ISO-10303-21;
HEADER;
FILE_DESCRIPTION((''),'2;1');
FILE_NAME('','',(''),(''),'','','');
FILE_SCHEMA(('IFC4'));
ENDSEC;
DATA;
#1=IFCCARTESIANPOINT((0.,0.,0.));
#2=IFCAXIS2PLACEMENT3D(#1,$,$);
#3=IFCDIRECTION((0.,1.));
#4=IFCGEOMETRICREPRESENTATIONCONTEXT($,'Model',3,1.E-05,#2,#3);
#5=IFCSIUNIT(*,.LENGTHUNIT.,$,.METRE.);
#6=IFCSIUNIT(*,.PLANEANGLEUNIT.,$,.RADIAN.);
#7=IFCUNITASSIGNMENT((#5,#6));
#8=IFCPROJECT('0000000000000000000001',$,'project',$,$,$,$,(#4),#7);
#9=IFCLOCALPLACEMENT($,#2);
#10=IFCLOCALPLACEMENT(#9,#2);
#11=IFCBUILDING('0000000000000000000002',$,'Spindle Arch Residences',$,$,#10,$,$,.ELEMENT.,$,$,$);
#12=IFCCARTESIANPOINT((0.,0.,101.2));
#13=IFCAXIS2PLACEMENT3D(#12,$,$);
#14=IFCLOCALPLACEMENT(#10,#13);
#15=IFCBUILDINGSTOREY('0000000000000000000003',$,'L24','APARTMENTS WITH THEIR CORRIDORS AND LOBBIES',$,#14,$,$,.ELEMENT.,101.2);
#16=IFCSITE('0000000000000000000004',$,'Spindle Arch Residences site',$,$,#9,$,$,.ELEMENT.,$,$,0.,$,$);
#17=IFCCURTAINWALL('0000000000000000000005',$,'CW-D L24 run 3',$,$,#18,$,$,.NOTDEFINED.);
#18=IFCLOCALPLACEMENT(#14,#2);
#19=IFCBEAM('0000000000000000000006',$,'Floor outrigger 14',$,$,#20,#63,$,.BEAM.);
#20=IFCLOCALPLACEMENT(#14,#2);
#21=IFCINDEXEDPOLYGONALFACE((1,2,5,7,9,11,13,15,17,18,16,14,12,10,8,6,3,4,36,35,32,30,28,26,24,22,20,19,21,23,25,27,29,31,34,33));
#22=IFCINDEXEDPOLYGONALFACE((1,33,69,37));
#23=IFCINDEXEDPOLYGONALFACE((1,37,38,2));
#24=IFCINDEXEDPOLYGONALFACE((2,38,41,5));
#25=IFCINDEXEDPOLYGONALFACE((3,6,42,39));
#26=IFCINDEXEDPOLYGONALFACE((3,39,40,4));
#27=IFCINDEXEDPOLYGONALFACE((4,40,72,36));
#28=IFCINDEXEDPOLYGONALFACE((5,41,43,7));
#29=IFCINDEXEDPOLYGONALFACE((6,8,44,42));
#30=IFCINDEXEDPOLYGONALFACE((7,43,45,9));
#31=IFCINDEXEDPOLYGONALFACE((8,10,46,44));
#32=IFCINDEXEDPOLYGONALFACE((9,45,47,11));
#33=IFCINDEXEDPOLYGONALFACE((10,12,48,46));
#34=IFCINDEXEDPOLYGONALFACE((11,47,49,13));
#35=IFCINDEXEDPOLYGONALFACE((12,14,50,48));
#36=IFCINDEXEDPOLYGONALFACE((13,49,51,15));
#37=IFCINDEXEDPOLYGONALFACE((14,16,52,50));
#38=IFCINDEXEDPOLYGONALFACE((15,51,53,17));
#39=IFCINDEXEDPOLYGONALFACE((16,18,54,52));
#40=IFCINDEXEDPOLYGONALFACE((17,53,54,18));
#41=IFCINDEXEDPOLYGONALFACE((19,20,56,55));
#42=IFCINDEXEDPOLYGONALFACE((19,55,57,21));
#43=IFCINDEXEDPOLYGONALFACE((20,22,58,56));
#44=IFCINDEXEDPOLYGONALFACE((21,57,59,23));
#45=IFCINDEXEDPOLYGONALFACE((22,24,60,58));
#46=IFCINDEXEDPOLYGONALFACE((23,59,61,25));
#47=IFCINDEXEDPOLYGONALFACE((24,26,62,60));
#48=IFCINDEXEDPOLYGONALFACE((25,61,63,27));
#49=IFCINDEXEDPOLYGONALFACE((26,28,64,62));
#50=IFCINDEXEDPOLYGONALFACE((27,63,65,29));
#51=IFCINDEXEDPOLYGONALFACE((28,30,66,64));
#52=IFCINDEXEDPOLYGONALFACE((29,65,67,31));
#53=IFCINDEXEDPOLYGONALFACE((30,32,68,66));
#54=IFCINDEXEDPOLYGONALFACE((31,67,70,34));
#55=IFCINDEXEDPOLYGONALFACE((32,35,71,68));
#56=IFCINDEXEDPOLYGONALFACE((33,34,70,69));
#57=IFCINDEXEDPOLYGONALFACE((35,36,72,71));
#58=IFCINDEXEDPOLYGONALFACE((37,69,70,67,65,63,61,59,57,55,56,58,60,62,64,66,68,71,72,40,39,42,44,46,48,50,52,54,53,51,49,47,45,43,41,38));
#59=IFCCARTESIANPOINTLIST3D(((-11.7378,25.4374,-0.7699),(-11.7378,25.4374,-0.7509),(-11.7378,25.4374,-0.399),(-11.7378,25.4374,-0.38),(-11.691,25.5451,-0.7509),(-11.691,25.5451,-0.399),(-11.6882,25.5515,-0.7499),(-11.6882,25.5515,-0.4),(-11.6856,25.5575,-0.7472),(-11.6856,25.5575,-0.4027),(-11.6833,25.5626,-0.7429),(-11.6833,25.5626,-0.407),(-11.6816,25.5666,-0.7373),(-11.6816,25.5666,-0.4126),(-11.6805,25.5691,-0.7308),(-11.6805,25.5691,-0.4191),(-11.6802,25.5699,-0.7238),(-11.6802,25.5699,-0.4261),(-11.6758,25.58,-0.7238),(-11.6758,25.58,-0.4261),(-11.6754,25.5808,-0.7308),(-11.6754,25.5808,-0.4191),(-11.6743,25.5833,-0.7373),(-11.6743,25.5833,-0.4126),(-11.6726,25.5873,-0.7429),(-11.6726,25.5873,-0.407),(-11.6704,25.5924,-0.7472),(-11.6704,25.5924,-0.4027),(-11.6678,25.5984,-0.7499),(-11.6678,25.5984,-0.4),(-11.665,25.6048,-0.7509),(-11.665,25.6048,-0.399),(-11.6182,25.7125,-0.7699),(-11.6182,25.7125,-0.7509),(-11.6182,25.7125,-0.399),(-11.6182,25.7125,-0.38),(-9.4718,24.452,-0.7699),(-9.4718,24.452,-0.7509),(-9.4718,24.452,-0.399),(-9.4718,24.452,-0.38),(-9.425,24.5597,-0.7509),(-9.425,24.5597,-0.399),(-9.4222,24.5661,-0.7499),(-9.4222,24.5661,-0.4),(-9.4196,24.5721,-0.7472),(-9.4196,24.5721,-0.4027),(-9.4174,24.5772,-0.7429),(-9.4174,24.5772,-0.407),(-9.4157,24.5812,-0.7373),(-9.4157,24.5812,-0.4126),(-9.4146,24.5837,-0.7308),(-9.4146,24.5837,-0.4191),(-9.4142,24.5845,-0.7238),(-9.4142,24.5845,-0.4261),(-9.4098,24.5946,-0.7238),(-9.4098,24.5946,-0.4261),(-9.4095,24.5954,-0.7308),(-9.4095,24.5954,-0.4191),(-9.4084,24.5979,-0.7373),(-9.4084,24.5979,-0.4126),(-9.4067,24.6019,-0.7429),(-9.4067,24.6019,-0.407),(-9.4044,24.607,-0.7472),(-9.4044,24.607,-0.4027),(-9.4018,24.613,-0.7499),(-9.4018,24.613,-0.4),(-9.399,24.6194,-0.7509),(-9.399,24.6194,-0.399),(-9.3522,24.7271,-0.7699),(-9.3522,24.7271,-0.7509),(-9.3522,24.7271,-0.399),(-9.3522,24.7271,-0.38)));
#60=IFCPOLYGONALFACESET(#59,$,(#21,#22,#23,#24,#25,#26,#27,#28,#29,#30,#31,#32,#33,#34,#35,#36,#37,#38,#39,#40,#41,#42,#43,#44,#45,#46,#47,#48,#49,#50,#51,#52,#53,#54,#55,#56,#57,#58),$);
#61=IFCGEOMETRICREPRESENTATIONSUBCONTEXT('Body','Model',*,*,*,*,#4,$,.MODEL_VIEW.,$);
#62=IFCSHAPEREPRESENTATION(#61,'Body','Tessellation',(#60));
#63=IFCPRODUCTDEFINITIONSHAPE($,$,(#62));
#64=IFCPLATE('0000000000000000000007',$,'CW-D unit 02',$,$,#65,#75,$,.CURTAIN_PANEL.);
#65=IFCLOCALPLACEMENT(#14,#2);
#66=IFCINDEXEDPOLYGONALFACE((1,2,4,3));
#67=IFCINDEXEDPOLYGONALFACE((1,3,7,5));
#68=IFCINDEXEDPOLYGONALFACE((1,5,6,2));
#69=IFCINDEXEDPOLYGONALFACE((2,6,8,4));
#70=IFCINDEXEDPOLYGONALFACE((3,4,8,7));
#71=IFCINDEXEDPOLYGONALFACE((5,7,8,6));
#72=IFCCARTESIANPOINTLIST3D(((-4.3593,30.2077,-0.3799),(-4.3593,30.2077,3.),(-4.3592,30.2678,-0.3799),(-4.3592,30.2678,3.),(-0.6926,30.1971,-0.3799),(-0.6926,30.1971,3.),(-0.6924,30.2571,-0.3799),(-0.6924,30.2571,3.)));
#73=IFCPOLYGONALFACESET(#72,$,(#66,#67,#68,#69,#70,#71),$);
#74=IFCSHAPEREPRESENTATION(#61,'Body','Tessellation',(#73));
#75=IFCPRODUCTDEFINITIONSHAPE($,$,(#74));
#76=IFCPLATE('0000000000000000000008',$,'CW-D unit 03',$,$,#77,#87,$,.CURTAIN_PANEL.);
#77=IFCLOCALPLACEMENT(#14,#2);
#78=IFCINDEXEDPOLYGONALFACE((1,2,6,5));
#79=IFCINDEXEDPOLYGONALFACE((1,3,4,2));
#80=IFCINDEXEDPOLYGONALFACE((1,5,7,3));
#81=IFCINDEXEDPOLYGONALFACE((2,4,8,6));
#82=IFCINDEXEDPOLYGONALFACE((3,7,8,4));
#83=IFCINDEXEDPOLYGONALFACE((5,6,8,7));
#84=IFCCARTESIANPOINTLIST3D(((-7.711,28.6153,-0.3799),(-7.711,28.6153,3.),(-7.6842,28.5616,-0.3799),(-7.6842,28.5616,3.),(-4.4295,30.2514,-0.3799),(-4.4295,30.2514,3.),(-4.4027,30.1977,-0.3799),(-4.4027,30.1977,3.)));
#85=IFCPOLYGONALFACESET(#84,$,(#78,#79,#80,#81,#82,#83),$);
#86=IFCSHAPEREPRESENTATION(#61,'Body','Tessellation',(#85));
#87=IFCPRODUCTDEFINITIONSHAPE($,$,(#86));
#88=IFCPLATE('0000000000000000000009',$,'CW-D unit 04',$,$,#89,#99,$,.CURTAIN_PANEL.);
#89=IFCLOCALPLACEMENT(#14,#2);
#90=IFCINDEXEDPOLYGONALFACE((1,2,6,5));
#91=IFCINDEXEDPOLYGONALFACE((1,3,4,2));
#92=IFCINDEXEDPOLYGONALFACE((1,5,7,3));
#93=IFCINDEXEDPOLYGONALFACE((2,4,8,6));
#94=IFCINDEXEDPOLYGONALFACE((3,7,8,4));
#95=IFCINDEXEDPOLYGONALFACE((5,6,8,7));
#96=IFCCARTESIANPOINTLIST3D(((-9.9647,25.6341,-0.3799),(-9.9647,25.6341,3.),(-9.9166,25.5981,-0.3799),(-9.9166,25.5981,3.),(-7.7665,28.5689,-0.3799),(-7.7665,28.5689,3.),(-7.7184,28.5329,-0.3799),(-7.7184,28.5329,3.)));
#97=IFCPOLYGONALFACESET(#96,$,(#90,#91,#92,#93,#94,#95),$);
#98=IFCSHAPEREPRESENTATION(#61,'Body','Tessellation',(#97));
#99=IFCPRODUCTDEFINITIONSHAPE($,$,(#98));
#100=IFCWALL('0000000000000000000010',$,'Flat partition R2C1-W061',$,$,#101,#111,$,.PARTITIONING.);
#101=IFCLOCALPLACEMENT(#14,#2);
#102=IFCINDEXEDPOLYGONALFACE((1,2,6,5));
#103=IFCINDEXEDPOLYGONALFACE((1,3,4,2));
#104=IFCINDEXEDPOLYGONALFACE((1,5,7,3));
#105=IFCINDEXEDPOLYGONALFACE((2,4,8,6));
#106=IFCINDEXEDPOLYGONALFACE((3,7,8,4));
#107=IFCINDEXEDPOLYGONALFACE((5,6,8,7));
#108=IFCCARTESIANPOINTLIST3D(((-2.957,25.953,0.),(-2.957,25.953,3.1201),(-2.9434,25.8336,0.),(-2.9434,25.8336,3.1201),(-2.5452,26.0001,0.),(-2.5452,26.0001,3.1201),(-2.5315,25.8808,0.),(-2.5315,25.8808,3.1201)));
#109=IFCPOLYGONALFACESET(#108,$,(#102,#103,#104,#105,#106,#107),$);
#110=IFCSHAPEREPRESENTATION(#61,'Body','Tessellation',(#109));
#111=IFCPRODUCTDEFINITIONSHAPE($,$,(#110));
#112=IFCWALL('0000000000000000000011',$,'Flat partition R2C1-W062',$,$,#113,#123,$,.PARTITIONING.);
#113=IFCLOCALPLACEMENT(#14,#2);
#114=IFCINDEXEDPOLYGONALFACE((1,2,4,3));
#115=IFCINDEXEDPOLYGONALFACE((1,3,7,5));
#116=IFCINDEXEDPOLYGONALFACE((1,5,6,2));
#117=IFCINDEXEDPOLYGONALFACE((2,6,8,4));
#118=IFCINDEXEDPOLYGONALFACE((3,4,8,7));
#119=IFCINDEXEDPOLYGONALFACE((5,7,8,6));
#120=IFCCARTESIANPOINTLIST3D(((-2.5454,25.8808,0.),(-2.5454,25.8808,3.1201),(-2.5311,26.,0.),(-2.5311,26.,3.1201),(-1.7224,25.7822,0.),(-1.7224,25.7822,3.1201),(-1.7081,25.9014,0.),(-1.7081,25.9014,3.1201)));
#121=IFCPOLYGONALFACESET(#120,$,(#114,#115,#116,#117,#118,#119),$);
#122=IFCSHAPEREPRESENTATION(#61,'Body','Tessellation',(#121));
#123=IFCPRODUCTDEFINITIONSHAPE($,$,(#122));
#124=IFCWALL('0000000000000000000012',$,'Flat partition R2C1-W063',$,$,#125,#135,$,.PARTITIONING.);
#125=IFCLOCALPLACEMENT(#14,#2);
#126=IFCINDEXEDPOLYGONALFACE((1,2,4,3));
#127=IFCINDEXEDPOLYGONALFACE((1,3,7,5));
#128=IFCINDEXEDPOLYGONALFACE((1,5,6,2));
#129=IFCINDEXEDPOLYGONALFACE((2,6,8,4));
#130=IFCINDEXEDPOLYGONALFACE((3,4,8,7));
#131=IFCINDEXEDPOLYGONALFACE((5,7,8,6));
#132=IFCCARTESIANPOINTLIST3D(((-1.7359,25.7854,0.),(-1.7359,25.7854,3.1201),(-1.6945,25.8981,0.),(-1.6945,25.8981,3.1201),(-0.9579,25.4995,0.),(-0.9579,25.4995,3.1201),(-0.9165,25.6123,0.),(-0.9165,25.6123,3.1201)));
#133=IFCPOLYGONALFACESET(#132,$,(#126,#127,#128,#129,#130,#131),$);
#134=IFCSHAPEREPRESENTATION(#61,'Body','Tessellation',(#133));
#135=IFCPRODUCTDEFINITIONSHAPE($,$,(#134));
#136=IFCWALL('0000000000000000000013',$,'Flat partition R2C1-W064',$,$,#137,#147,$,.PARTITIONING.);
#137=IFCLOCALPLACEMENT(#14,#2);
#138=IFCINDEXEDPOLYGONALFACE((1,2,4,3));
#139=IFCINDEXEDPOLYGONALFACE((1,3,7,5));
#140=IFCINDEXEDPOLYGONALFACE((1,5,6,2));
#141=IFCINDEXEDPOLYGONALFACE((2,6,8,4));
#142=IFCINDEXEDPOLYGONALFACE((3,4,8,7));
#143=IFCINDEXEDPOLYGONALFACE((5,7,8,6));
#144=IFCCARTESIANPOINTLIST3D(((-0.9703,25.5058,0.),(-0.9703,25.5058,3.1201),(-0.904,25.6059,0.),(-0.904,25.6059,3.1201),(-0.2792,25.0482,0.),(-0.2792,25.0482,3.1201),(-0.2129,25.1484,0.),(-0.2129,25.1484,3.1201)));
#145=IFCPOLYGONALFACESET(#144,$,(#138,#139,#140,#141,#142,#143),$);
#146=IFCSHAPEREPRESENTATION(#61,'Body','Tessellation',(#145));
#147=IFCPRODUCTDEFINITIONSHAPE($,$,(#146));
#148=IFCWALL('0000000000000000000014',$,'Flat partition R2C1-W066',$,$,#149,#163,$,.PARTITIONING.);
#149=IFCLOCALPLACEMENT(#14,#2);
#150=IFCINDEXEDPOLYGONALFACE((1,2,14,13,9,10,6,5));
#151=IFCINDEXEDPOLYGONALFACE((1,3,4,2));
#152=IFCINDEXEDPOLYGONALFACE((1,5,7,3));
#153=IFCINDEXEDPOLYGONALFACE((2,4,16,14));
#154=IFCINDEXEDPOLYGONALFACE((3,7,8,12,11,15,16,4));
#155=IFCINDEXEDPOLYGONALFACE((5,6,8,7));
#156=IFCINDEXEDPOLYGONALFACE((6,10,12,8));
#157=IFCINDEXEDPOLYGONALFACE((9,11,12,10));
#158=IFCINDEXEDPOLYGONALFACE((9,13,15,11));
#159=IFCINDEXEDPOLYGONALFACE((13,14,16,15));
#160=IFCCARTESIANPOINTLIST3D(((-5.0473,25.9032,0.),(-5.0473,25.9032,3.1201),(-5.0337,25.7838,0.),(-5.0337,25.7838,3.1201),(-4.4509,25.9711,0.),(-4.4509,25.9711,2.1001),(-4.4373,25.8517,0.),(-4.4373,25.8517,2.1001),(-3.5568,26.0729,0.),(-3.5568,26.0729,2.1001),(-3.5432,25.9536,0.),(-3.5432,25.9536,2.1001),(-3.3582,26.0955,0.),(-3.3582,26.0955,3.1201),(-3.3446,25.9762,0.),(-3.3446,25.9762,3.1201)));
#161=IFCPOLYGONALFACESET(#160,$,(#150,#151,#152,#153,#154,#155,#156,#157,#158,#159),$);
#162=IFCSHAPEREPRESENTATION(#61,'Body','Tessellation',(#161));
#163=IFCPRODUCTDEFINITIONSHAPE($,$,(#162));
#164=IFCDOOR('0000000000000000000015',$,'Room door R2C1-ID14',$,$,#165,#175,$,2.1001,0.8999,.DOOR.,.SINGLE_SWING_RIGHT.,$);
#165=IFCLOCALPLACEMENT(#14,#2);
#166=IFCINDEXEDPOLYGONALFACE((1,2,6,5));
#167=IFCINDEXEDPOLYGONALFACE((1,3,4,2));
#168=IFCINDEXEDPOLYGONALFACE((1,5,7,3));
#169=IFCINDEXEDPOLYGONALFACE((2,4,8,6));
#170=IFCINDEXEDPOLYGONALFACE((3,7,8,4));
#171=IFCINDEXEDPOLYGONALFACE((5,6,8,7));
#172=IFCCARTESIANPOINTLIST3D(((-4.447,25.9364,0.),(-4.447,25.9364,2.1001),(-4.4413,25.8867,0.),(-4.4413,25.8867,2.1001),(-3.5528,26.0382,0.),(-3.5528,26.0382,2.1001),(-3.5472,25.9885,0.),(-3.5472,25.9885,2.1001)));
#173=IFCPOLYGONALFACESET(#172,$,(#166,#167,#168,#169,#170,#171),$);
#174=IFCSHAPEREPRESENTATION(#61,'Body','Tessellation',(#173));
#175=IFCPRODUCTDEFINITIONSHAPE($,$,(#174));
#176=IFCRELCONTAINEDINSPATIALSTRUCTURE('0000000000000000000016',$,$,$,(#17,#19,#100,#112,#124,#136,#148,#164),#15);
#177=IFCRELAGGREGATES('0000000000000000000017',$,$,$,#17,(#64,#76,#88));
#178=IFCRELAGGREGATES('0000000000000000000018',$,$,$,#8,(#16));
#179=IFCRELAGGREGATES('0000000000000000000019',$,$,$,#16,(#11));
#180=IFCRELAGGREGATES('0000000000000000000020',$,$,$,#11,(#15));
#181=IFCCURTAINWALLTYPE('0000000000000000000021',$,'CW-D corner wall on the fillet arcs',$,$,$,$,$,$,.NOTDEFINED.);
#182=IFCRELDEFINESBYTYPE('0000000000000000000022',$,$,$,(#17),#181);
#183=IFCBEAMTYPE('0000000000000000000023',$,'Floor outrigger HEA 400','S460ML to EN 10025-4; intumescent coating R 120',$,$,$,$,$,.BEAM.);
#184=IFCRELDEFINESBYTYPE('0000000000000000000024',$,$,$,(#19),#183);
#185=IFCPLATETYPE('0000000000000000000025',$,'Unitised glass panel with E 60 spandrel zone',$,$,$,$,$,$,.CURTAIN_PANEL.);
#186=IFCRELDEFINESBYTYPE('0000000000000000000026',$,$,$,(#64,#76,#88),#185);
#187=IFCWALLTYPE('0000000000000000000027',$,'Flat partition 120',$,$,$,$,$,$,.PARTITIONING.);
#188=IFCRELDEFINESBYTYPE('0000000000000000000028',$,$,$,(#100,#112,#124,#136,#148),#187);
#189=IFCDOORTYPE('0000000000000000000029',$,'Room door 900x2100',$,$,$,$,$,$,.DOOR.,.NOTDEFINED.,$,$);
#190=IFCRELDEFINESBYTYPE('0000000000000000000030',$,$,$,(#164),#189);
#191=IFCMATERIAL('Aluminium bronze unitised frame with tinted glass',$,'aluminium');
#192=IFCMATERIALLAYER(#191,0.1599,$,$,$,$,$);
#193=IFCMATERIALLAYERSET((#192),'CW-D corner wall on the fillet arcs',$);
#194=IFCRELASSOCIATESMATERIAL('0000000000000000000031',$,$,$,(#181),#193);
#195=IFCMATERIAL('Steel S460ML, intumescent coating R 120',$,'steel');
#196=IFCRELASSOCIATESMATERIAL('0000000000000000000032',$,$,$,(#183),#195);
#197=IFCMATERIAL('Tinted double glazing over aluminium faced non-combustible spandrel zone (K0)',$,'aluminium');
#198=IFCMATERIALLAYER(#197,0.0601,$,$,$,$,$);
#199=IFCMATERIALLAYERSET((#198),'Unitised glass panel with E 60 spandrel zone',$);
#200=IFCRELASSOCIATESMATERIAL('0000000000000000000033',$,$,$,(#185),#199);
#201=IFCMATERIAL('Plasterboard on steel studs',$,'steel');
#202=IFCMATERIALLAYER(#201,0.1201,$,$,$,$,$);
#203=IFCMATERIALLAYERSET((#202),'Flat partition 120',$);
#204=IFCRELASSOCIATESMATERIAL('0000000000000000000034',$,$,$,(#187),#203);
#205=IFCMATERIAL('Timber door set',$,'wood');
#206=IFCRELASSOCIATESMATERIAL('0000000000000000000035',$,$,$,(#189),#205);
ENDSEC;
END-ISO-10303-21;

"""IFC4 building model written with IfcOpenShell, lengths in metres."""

from ifc_helpers import new_model, si_unit, direction, frame, frame_2d, origin, origin_2d, place, context, subcontext, project, spatial, rectangle, i_section, extrude, material, layer, layer_set, material_profile, profile_set, type_object, element, fill, aggregate, save


model = new_model("IFC4")

# Units and contexts
model_context = context("Model", 3, precision=1e-05, world=origin(), true_north=direction((0.0, 1.0)))
body_context = subcontext(model_context, "Body", "Model", "MODEL_VIEW")
ifc_project = project(units=[si_unit("LENGTHUNIT", "METRE"), si_unit("PLANEANGLEUNIT", "RADIAN")], contexts=[model_context])

# Site, building, storey
site_placement = place(None, origin())
site = spatial("IfcSite", under=ifc_project, at=site_placement, Name="Spindle Arch Residences site", CompositionType="ELEMENT", RefElevation=0.0)
building_placement = place(site_placement, origin())
building = spatial("IfcBuilding", under=site, at=building_placement, Name="Spindle Arch Residences", CompositionType="ELEMENT")
storey_placement = place(building_placement, frame((0.0, 0.0, 101.2)))
storey = spatial("IfcBuildingStorey", under=building, at=storey_placement, Name="L24", Description="APARTMENTS WITH THEIR CORRIDORS AND LOBBIES", CompositionType="ELEMENT", Elevation=101.2)

# Curtain wall
ifc_material_1 = material(Name="Aluminium bronze unitised frame with tinted glass", Category="aluminium")
ifc_layer_1 = layer(ifc_material_1, 0.1599)
ifc_layer_set_1 = layer_set([ifc_layer_1], Name="CW-D corner wall on the fillet arcs")
curtain_wall_type = type_object("IfcCurtainWallType", Name="CW-D corner wall on the fillet arcs", PredefinedType="NOTDEFINED", material=ifc_layer_set_1)
curtain_wall_placement = place(storey_placement, origin())
curtain_wall = element("IfcCurtainWall", 1, at=curtain_wall_placement, inside=storey, type_object=curtain_wall_type, Name="CW-D L24 run 3", PredefinedType="NOTDEFINED")

# Beam
ifc_material_2 = material(Name="Steel S460ML, intumescent coating R 120", Category="steel")
ifc_material_profile_1 = material_profile(ifc_material_2, i_section(OverallWidth=0.3, OverallDepth=0.3899, WebThickness=0.011, FlangeThickness=0.019, FilletRadius=0.0271, at=origin_2d()), Name="HEA 400")
ifc_profile_set_1 = profile_set([ifc_material_profile_1], Name="Steel S460ML, intumescent coating R 120")
beam_type_1 = type_object("IfcBeamType", Name="Floor outrigger HEA 400", Description="S460ML to EN 10025-4; intumescent coating R 120", PredefinedType="BEAM", material=ifc_profile_set_1)
beam_1_placement = place(storey_placement, frame((-11.678, 25.575, -0.575), z_axis=(0.917042, -0.398791, 0.0), x_axis=(0.398791, 0.917042, 0.0)))
element("IfcBeam", 2, at=beam_1_placement, inside=storey, type_object=beam_type_1, Name="Floor outrigger 14", PredefinedType="BEAM", context=body_context, shape_type="SweptSolid", body=[
    extrude(i_section(OverallWidth=0.3, OverallDepth=0.3899, WebThickness=0.011, FlangeThickness=0.019, FilletRadius=0.0271, at=origin_2d()), origin(), (0.0, 0.0, 1.0), 2.4709),
])

# Plates
ifc_material_3 = material(Name="Tinted double glazing over aluminium faced non-combustible spandrel zone (K0)", Category="aluminium")
ifc_layer_2 = layer(ifc_material_3, 0.0601)
ifc_layer_set_2 = layer_set([ifc_layer_2], Name="Unitised glass panel with E 60 spandrel zone")
plate_type = type_object("IfcPlateType", Name="Unitised glass panel with E 60 spandrel zone", PredefinedType="CURTAIN_PANEL", material=ifc_layer_set_2)
plate_1_placement = place(storey_placement, frame((-2.5259, 30.2324, -0.3799), z_axis=(0.0, 0.0, 1.0), x_axis=(-0.999996, 0.002909, 0.0)))
plate_1 = element("IfcPlate", 3, at=plate_1_placement, type_object=plate_type, Name="CW-D unit 02", PredefinedType="CURTAIN_PANEL", context=body_context, shape_type="SweptSolid", body=[
    extrude(rectangle(XDim=3.6667, YDim=0.0601, at=origin_2d()), origin(), (0.0, 0.0, 1.0), 3.3799),
])
plate_2_placement = place(storey_placement, frame((-6.0569, 29.4065, -0.3799), z_axis=(0.0, 0.0, 1.0), x_axis=(-0.894934, -0.446198, 0.0)))
plate_2 = element("IfcPlate", 4, at=plate_2_placement, type_object=plate_type, Name="CW-D unit 03", PredefinedType="CURTAIN_PANEL", context=body_context, shape_type="SweptSolid", body=[
    extrude(rectangle(XDim=3.6667, YDim=0.0601, at=origin_2d()), origin(), (0.0, 0.0, 1.0), 3.3799),
])
plate_3_placement = place(storey_placement, frame((-8.8416, 27.0835, -0.3799), z_axis=(0.0, 0.0, 1.0), x_axis=(-0.599489, -0.800383, 0.0)))
plate_3 = element("IfcPlate", 5, at=plate_3_placement, type_object=plate_type, Name="CW-D unit 04", PredefinedType="CURTAIN_PANEL", context=body_context, shape_type="SweptSolid", body=[
    extrude(rectangle(XDim=3.6667, YDim=0.0601, at=origin_2d()), origin(), (0.0, 0.0, 1.0), 3.3799),
])
aggregate(curtain_wall, [plate_1, plate_2, plate_3])

# Walls
ifc_material_4 = material(Name="Plasterboard on steel studs", Category="steel")
ifc_layer_3 = layer(ifc_material_4, 0.1201)
ifc_layer_set_3 = layer_set([ifc_layer_3], Name="Flat partition 120")
wall_type_1 = type_object("IfcWallType", Name="Flat partition 120", PredefinedType="PARTITIONING", material=ifc_layer_set_3)
wall_1_placement = place(storey_placement, frame((-2.9502, 25.8933, 0.0), z_axis=(0.0, 0.0, 1.0), x_axis=(0.993519, 0.113663, 0.0)))
element("IfcWall", 6, at=wall_1_placement, inside=storey, type_object=wall_type_1, Name="Flat partition R2C1-W061", PredefinedType="PARTITIONING", context=body_context, shape_type="SweptSolid", body=[
    extrude(rectangle(XDim=0.4146, YDim=0.1201, at=frame_2d((0.2073, 0.0))), origin(), (0.0, 0.0, 1.0), 3.1201),
])
for number, where, z_axis, x_axis, name in (
    (7, (-2.5383, 25.9404, 0.0), (0.0, 0.0, 1.0), (0.992895, -0.118994, 0.0), "Flat partition R2C1-W062"),
    (8, (-1.7153, 25.8418, 0.0), (0.0, 0.0, 1.0), (0.938644, -0.344886, 0.0), "Flat partition R2C1-W063"),
    (9, (-0.9373, 25.5559, 0.0), (0.0, 0.0, 1.0), (0.833858, -0.551978, 0.0), "Flat partition R2C1-W064"),
):
    element("IfcWall", number, at=place(storey_placement, frame(where, z_axis=z_axis, x_axis=x_axis)), inside=storey, type_object=wall_type_1, Name=name, PredefinedType="PARTITIONING", context=body_context, shape_type="SweptSolid", body=[
        extrude(rectangle(XDim=0.8289, YDim=0.1201, at=frame_2d((0.4146, 0.0))), origin(), (0.0, 0.0, 1.0), 3.1201),
    ])

# Wall, opening, door
wall_2_placement = place(storey_placement, frame((-3.3513, 26.0359, 0.0), z_axis=(0.0, 0.0, 1.0), x_axis=(-0.993575, -0.113174, 0.0)))
wall_2 = element("IfcWall", 10, at=wall_2_placement, inside=storey, type_object=wall_type_1, Name="Flat partition R2C1-W066", PredefinedType="PARTITIONING", context=body_context, shape_type="SweptSolid", body=[
    extrude(rectangle(XDim=1.7, YDim=0.1201, at=frame_2d((0.8501, 0.0))), origin(), (0.0, 0.0, 1.0), 3.1201),
])
opening_1_placement = place(wall_2_placement, frame((0.2, 0.0, 0.0)))
opening_1 = element("IfcOpeningElement", 11, at=opening_1_placement, cuts=wall_2, PredefinedType="OPENING", context=body_context, shape_type="SweptSolid", body=[
    extrude(rectangle(XDim=0.8999, YDim=2.1001, at=frame_2d((0.45, 1.05))), frame((0.0, 0.0701, 0.0), z_axis=(0.0, -1.0, 0.0), x_axis=(1.0, 0.0, 0.0)), (0.0, 0.0, 1.0), 0.1401),
])
ifc_material_5 = material(Name="Timber door set", Category="wood")
door_type = type_object("IfcDoorType", Name="Room door 900x2100", OperationType="NOTDEFINED", PredefinedType="DOOR", material=ifc_material_5)
door_1_placement = place(opening_1_placement, origin())
door_1 = element("IfcDoor", 12, at=door_1_placement, inside=storey, type_object=door_type, Name="Room door R2C1-ID14", OperationType="SINGLE_SWING_RIGHT", OverallHeight=2.1001, OverallWidth=0.8999, PredefinedType="DOOR", context=body_context, shape_type="SweptSolid", body=[
    extrude(rectangle(XDim=0.8999, YDim=2.1001, at=frame_2d((0.45, 1.05))), frame((0.0, 0.0249, 0.0), z_axis=(0.0, -1.0, 0.0), x_axis=(1.0, 0.0, 0.0)), (0.0, 0.0, 1.0), 0.05),
])
fill(opening_1, door_1)

save(model, "model.ifc")
